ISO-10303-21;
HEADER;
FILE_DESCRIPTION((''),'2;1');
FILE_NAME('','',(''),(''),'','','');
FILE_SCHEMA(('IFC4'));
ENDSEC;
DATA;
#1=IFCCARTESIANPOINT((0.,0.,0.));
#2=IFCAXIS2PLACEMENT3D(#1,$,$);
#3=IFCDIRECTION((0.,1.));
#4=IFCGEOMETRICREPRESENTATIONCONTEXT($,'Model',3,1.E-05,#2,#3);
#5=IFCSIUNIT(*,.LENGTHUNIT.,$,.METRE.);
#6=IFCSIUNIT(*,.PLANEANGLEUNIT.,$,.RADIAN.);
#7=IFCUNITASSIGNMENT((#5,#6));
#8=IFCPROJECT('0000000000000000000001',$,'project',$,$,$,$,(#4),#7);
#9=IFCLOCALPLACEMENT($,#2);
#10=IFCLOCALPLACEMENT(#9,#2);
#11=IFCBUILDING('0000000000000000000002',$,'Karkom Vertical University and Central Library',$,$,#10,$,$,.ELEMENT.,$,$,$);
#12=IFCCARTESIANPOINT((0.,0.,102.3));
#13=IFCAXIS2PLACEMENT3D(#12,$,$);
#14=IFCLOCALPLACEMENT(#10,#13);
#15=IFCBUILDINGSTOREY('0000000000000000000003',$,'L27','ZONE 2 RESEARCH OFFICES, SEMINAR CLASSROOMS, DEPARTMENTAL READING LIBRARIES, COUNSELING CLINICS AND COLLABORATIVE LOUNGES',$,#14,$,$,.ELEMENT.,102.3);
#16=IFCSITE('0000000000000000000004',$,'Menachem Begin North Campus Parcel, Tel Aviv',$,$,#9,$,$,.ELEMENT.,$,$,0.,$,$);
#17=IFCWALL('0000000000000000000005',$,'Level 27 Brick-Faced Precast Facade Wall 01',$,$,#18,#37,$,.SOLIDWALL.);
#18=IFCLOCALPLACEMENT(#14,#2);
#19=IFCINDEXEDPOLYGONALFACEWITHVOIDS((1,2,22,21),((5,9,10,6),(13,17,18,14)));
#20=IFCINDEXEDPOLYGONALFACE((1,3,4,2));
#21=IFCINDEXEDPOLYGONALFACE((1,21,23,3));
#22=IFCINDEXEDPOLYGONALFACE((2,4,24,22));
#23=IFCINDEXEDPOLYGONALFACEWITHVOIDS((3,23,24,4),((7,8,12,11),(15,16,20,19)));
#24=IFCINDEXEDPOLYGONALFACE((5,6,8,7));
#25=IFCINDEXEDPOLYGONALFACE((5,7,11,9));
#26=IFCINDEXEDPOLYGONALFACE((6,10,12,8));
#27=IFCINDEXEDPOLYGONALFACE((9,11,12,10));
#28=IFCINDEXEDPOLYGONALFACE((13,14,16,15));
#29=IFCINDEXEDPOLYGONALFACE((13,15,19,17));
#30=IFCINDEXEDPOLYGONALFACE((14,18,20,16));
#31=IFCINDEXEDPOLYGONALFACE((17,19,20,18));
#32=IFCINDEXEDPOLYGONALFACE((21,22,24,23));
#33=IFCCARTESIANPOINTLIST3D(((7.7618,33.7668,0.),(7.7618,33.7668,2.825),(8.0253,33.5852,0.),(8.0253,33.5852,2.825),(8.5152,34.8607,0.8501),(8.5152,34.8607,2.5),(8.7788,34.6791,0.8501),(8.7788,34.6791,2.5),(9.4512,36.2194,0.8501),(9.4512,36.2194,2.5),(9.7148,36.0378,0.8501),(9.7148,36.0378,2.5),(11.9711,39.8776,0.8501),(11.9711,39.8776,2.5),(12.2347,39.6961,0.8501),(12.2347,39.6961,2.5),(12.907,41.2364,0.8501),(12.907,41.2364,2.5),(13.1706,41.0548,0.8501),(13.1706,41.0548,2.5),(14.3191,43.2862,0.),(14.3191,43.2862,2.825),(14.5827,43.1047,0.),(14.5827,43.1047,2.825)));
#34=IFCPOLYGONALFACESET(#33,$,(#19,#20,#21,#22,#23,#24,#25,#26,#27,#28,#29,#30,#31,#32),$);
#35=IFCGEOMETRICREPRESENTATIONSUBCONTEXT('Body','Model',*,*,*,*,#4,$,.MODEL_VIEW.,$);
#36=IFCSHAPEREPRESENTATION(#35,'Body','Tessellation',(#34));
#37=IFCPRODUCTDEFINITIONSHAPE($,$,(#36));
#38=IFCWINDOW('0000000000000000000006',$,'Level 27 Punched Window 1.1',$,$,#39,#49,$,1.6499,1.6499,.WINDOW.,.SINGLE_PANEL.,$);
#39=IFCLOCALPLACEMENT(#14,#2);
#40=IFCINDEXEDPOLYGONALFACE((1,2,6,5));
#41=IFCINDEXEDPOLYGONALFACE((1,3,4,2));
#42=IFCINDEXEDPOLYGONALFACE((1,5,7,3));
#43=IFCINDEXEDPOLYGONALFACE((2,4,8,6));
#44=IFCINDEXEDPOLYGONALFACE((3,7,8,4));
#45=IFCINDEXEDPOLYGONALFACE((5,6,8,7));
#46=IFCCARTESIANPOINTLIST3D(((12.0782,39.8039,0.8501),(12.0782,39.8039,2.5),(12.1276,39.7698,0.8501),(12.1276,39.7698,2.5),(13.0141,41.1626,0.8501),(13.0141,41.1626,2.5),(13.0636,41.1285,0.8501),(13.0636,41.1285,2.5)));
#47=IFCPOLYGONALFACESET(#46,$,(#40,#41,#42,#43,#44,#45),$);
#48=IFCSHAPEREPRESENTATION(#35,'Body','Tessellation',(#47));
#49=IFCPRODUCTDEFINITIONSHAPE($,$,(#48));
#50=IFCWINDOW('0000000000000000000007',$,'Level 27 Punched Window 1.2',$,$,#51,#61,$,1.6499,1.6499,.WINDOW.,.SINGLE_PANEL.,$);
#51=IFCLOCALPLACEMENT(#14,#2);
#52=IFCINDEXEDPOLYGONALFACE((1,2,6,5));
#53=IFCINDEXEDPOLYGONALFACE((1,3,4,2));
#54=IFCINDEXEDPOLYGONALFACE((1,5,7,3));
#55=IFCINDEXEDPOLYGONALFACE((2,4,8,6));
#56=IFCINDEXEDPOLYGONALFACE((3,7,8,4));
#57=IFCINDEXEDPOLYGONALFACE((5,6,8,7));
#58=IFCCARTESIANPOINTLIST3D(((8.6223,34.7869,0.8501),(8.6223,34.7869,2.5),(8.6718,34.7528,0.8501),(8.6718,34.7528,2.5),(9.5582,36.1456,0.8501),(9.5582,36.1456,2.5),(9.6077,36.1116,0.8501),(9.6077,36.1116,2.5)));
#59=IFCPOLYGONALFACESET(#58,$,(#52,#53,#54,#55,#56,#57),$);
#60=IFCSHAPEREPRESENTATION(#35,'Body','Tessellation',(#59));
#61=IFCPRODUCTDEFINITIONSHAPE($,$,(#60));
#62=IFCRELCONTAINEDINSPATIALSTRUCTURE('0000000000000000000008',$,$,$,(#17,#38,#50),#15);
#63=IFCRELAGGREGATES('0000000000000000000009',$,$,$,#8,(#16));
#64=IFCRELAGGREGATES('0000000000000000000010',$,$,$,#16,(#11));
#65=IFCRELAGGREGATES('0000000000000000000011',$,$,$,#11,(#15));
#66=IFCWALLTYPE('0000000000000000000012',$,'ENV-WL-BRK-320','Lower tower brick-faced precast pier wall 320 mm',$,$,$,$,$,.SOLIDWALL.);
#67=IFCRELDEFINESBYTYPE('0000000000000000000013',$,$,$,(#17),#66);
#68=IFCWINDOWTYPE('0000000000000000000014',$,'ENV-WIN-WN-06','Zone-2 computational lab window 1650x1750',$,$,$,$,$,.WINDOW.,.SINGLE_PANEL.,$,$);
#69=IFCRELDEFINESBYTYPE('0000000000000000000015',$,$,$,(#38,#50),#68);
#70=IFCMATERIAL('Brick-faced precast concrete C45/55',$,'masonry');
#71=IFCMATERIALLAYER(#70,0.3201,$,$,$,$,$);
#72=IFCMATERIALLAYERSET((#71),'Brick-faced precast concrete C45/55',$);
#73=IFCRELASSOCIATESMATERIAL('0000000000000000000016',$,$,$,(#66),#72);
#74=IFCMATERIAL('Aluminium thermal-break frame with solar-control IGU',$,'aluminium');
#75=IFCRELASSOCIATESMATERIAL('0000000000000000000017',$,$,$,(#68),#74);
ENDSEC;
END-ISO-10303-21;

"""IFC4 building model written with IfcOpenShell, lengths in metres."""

from ifc_helpers import new_model, si_unit, direction, frame, frame_2d, origin, origin_with_axes, place, context, subcontext, project, spatial, rectangle, extrude, source, transform, mapped, material, layer, layer_set, type_object, element, fill, save


model = new_model("IFC4")

# Units and contexts
model_context = context("Model", 3, precision=1e-05, world=origin(), true_north=direction((0.0, 1.0)))
body_context = subcontext(model_context, "Body", "Model", "MODEL_VIEW")
ifc_project = project(units=[si_unit("LENGTHUNIT", "METRE"), si_unit("PLANEANGLEUNIT", "RADIAN")], contexts=[model_context])

# Site, building, storey
site_placement = place(None, origin())
site = spatial("IfcSite", under=ifc_project, at=site_placement, Name="Menachem Begin North Campus Parcel, Tel Aviv", CompositionType="ELEMENT", RefElevation=0.0)
building_placement = place(site_placement, origin())
building = spatial("IfcBuilding", under=site, at=building_placement, Name="Karkom Vertical University and Central Library", CompositionType="ELEMENT")
storey_placement = place(building_placement, frame((0.0, 0.0, 102.3)))
storey = spatial("IfcBuildingStorey", under=building, at=storey_placement, Name="L27", Description="ZONE 2 RESEARCH OFFICES, SEMINAR CLASSROOMS, DEPARTMENTAL READING LIBRARIES, COUNSELING CLINICS AND COLLABORATIVE LOUNGES", CompositionType="ELEMENT", Elevation=102.3)

# Wall, openings, windows
ifc_material_1 = material(Name="Brick-faced precast concrete C45/55", Category="masonry")
ifc_layer_1 = layer(ifc_material_1, 0.3201)
ifc_layer_set_1 = layer_set([ifc_layer_1], Name="Brick-faced precast concrete C45/55")
wall_type_1 = type_object("IfcWallType", Name="ENV-WL-BRK-320", Description="Lower tower brick-faced precast pier wall 320 mm", PredefinedType="SOLIDWALL", material=ifc_layer_set_1)
wall_1_placement = place(storey_placement, frame((14.4509, 43.1956, 0.0), z_axis=(0.0, 0.0, 1.0), x_axis=(-0.567274, -0.823529, 0.0)))
wall_1 = element("IfcWall", 1, at=wall_1_placement, inside=storey, type_object=wall_type_1, Name="Level 27 Brick-Faced Precast Facade Wall 01", PredefinedType="SOLIDWALL", context=body_context, shape_type="SweptSolid", body=[
    extrude(rectangle(XDim=11.5593, YDim=0.3201, at=frame_2d((5.7798, 0.0))), origin(), (0.0, 0.0, 1.0), 2.825),
])
opening_1_placement = place(wall_1_placement, frame((2.4893, 0.0, 0.8501)))
opening_1 = element("IfcOpeningElement", 2, at=opening_1_placement, cuts=wall_1, PredefinedType="OPENING", context=body_context, shape_type="SweptSolid", body=[
    extrude(rectangle(XDim=1.6499, YDim=1.6499, at=frame_2d((0.825, 0.825))), frame((0.0, 0.1699, 0.0), z_axis=(0.0, -1.0, 0.0), x_axis=(1.0, 0.0, 0.0)), (0.0, 0.0, 1.0), 0.3401),
])
opening_2_placement = place(wall_1_placement, frame((8.5813, 0.0, 0.8501)))
opening_2 = element("IfcOpeningElement", 3, at=opening_2_placement, cuts=wall_1, PredefinedType="OPENING", context=body_context, shape_type="SweptSolid", body=[
    extrude(rectangle(XDim=1.6499, YDim=1.6499, at=frame_2d((0.825, 0.825))), frame((0.0, 0.1699, 0.0), z_axis=(0.0, -1.0, 0.0), x_axis=(1.0, 0.0, 0.0)), (0.0, 0.0, 1.0), 0.3401),
])
ifc_material_2 = material(Name="Aluminium thermal-break frame with solar-control IGU", Category="aluminium")
window_type = type_object("IfcWindowType", Name="ENV-WIN-WN-06", Description="Zone-2 computational lab window 1650x1750", PartitioningType="SINGLE_PANEL", PredefinedType="WINDOW", material=ifc_material_2)
shared_shape_1 = source(origin_with_axes(), body_context, "Body", "SweptSolid", [
    extrude(rectangle(XDim=1.6499, YDim=1.6499, at=frame_2d((0.825, 0.825))), frame((0.0, 0.03, 0.0), z_axis=(0.0, -1.0, 0.0), x_axis=(1.0, 0.0, 0.0)), (0.0, 0.0, 1.0), 0.0601),
])
window_1_placement = place(opening_1_placement, origin())
window_1 = element("IfcWindow", 4, at=window_1_placement, inside=storey, type_object=window_type, Name="Level 27 Punched Window 1.1", OverallHeight=1.6499, OverallWidth=1.6499, PartitioningType="SINGLE_PANEL", PredefinedType="WINDOW", context=body_context, shape_type="MappedRepresentation", body=[
    mapped(shared_shape_1, transform((0.0, 0.0, 0.0), scale=1.0)),
])
fill(opening_1, window_1)
window_2_placement = place(opening_2_placement, origin())
window_2 = element("IfcWindow", 5, at=window_2_placement, inside=storey, type_object=window_type, Name="Level 27 Punched Window 1.2", OverallHeight=1.6499, OverallWidth=1.6499, PartitioningType="SINGLE_PANEL", PredefinedType="WINDOW", context=body_context, shape_type="MappedRepresentation", body=[
    mapped(shared_shape_1, transform((0.0, 0.0, 0.0), scale=1.0)),
])
fill(opening_2, window_2)

save(model, "model.ifc")
